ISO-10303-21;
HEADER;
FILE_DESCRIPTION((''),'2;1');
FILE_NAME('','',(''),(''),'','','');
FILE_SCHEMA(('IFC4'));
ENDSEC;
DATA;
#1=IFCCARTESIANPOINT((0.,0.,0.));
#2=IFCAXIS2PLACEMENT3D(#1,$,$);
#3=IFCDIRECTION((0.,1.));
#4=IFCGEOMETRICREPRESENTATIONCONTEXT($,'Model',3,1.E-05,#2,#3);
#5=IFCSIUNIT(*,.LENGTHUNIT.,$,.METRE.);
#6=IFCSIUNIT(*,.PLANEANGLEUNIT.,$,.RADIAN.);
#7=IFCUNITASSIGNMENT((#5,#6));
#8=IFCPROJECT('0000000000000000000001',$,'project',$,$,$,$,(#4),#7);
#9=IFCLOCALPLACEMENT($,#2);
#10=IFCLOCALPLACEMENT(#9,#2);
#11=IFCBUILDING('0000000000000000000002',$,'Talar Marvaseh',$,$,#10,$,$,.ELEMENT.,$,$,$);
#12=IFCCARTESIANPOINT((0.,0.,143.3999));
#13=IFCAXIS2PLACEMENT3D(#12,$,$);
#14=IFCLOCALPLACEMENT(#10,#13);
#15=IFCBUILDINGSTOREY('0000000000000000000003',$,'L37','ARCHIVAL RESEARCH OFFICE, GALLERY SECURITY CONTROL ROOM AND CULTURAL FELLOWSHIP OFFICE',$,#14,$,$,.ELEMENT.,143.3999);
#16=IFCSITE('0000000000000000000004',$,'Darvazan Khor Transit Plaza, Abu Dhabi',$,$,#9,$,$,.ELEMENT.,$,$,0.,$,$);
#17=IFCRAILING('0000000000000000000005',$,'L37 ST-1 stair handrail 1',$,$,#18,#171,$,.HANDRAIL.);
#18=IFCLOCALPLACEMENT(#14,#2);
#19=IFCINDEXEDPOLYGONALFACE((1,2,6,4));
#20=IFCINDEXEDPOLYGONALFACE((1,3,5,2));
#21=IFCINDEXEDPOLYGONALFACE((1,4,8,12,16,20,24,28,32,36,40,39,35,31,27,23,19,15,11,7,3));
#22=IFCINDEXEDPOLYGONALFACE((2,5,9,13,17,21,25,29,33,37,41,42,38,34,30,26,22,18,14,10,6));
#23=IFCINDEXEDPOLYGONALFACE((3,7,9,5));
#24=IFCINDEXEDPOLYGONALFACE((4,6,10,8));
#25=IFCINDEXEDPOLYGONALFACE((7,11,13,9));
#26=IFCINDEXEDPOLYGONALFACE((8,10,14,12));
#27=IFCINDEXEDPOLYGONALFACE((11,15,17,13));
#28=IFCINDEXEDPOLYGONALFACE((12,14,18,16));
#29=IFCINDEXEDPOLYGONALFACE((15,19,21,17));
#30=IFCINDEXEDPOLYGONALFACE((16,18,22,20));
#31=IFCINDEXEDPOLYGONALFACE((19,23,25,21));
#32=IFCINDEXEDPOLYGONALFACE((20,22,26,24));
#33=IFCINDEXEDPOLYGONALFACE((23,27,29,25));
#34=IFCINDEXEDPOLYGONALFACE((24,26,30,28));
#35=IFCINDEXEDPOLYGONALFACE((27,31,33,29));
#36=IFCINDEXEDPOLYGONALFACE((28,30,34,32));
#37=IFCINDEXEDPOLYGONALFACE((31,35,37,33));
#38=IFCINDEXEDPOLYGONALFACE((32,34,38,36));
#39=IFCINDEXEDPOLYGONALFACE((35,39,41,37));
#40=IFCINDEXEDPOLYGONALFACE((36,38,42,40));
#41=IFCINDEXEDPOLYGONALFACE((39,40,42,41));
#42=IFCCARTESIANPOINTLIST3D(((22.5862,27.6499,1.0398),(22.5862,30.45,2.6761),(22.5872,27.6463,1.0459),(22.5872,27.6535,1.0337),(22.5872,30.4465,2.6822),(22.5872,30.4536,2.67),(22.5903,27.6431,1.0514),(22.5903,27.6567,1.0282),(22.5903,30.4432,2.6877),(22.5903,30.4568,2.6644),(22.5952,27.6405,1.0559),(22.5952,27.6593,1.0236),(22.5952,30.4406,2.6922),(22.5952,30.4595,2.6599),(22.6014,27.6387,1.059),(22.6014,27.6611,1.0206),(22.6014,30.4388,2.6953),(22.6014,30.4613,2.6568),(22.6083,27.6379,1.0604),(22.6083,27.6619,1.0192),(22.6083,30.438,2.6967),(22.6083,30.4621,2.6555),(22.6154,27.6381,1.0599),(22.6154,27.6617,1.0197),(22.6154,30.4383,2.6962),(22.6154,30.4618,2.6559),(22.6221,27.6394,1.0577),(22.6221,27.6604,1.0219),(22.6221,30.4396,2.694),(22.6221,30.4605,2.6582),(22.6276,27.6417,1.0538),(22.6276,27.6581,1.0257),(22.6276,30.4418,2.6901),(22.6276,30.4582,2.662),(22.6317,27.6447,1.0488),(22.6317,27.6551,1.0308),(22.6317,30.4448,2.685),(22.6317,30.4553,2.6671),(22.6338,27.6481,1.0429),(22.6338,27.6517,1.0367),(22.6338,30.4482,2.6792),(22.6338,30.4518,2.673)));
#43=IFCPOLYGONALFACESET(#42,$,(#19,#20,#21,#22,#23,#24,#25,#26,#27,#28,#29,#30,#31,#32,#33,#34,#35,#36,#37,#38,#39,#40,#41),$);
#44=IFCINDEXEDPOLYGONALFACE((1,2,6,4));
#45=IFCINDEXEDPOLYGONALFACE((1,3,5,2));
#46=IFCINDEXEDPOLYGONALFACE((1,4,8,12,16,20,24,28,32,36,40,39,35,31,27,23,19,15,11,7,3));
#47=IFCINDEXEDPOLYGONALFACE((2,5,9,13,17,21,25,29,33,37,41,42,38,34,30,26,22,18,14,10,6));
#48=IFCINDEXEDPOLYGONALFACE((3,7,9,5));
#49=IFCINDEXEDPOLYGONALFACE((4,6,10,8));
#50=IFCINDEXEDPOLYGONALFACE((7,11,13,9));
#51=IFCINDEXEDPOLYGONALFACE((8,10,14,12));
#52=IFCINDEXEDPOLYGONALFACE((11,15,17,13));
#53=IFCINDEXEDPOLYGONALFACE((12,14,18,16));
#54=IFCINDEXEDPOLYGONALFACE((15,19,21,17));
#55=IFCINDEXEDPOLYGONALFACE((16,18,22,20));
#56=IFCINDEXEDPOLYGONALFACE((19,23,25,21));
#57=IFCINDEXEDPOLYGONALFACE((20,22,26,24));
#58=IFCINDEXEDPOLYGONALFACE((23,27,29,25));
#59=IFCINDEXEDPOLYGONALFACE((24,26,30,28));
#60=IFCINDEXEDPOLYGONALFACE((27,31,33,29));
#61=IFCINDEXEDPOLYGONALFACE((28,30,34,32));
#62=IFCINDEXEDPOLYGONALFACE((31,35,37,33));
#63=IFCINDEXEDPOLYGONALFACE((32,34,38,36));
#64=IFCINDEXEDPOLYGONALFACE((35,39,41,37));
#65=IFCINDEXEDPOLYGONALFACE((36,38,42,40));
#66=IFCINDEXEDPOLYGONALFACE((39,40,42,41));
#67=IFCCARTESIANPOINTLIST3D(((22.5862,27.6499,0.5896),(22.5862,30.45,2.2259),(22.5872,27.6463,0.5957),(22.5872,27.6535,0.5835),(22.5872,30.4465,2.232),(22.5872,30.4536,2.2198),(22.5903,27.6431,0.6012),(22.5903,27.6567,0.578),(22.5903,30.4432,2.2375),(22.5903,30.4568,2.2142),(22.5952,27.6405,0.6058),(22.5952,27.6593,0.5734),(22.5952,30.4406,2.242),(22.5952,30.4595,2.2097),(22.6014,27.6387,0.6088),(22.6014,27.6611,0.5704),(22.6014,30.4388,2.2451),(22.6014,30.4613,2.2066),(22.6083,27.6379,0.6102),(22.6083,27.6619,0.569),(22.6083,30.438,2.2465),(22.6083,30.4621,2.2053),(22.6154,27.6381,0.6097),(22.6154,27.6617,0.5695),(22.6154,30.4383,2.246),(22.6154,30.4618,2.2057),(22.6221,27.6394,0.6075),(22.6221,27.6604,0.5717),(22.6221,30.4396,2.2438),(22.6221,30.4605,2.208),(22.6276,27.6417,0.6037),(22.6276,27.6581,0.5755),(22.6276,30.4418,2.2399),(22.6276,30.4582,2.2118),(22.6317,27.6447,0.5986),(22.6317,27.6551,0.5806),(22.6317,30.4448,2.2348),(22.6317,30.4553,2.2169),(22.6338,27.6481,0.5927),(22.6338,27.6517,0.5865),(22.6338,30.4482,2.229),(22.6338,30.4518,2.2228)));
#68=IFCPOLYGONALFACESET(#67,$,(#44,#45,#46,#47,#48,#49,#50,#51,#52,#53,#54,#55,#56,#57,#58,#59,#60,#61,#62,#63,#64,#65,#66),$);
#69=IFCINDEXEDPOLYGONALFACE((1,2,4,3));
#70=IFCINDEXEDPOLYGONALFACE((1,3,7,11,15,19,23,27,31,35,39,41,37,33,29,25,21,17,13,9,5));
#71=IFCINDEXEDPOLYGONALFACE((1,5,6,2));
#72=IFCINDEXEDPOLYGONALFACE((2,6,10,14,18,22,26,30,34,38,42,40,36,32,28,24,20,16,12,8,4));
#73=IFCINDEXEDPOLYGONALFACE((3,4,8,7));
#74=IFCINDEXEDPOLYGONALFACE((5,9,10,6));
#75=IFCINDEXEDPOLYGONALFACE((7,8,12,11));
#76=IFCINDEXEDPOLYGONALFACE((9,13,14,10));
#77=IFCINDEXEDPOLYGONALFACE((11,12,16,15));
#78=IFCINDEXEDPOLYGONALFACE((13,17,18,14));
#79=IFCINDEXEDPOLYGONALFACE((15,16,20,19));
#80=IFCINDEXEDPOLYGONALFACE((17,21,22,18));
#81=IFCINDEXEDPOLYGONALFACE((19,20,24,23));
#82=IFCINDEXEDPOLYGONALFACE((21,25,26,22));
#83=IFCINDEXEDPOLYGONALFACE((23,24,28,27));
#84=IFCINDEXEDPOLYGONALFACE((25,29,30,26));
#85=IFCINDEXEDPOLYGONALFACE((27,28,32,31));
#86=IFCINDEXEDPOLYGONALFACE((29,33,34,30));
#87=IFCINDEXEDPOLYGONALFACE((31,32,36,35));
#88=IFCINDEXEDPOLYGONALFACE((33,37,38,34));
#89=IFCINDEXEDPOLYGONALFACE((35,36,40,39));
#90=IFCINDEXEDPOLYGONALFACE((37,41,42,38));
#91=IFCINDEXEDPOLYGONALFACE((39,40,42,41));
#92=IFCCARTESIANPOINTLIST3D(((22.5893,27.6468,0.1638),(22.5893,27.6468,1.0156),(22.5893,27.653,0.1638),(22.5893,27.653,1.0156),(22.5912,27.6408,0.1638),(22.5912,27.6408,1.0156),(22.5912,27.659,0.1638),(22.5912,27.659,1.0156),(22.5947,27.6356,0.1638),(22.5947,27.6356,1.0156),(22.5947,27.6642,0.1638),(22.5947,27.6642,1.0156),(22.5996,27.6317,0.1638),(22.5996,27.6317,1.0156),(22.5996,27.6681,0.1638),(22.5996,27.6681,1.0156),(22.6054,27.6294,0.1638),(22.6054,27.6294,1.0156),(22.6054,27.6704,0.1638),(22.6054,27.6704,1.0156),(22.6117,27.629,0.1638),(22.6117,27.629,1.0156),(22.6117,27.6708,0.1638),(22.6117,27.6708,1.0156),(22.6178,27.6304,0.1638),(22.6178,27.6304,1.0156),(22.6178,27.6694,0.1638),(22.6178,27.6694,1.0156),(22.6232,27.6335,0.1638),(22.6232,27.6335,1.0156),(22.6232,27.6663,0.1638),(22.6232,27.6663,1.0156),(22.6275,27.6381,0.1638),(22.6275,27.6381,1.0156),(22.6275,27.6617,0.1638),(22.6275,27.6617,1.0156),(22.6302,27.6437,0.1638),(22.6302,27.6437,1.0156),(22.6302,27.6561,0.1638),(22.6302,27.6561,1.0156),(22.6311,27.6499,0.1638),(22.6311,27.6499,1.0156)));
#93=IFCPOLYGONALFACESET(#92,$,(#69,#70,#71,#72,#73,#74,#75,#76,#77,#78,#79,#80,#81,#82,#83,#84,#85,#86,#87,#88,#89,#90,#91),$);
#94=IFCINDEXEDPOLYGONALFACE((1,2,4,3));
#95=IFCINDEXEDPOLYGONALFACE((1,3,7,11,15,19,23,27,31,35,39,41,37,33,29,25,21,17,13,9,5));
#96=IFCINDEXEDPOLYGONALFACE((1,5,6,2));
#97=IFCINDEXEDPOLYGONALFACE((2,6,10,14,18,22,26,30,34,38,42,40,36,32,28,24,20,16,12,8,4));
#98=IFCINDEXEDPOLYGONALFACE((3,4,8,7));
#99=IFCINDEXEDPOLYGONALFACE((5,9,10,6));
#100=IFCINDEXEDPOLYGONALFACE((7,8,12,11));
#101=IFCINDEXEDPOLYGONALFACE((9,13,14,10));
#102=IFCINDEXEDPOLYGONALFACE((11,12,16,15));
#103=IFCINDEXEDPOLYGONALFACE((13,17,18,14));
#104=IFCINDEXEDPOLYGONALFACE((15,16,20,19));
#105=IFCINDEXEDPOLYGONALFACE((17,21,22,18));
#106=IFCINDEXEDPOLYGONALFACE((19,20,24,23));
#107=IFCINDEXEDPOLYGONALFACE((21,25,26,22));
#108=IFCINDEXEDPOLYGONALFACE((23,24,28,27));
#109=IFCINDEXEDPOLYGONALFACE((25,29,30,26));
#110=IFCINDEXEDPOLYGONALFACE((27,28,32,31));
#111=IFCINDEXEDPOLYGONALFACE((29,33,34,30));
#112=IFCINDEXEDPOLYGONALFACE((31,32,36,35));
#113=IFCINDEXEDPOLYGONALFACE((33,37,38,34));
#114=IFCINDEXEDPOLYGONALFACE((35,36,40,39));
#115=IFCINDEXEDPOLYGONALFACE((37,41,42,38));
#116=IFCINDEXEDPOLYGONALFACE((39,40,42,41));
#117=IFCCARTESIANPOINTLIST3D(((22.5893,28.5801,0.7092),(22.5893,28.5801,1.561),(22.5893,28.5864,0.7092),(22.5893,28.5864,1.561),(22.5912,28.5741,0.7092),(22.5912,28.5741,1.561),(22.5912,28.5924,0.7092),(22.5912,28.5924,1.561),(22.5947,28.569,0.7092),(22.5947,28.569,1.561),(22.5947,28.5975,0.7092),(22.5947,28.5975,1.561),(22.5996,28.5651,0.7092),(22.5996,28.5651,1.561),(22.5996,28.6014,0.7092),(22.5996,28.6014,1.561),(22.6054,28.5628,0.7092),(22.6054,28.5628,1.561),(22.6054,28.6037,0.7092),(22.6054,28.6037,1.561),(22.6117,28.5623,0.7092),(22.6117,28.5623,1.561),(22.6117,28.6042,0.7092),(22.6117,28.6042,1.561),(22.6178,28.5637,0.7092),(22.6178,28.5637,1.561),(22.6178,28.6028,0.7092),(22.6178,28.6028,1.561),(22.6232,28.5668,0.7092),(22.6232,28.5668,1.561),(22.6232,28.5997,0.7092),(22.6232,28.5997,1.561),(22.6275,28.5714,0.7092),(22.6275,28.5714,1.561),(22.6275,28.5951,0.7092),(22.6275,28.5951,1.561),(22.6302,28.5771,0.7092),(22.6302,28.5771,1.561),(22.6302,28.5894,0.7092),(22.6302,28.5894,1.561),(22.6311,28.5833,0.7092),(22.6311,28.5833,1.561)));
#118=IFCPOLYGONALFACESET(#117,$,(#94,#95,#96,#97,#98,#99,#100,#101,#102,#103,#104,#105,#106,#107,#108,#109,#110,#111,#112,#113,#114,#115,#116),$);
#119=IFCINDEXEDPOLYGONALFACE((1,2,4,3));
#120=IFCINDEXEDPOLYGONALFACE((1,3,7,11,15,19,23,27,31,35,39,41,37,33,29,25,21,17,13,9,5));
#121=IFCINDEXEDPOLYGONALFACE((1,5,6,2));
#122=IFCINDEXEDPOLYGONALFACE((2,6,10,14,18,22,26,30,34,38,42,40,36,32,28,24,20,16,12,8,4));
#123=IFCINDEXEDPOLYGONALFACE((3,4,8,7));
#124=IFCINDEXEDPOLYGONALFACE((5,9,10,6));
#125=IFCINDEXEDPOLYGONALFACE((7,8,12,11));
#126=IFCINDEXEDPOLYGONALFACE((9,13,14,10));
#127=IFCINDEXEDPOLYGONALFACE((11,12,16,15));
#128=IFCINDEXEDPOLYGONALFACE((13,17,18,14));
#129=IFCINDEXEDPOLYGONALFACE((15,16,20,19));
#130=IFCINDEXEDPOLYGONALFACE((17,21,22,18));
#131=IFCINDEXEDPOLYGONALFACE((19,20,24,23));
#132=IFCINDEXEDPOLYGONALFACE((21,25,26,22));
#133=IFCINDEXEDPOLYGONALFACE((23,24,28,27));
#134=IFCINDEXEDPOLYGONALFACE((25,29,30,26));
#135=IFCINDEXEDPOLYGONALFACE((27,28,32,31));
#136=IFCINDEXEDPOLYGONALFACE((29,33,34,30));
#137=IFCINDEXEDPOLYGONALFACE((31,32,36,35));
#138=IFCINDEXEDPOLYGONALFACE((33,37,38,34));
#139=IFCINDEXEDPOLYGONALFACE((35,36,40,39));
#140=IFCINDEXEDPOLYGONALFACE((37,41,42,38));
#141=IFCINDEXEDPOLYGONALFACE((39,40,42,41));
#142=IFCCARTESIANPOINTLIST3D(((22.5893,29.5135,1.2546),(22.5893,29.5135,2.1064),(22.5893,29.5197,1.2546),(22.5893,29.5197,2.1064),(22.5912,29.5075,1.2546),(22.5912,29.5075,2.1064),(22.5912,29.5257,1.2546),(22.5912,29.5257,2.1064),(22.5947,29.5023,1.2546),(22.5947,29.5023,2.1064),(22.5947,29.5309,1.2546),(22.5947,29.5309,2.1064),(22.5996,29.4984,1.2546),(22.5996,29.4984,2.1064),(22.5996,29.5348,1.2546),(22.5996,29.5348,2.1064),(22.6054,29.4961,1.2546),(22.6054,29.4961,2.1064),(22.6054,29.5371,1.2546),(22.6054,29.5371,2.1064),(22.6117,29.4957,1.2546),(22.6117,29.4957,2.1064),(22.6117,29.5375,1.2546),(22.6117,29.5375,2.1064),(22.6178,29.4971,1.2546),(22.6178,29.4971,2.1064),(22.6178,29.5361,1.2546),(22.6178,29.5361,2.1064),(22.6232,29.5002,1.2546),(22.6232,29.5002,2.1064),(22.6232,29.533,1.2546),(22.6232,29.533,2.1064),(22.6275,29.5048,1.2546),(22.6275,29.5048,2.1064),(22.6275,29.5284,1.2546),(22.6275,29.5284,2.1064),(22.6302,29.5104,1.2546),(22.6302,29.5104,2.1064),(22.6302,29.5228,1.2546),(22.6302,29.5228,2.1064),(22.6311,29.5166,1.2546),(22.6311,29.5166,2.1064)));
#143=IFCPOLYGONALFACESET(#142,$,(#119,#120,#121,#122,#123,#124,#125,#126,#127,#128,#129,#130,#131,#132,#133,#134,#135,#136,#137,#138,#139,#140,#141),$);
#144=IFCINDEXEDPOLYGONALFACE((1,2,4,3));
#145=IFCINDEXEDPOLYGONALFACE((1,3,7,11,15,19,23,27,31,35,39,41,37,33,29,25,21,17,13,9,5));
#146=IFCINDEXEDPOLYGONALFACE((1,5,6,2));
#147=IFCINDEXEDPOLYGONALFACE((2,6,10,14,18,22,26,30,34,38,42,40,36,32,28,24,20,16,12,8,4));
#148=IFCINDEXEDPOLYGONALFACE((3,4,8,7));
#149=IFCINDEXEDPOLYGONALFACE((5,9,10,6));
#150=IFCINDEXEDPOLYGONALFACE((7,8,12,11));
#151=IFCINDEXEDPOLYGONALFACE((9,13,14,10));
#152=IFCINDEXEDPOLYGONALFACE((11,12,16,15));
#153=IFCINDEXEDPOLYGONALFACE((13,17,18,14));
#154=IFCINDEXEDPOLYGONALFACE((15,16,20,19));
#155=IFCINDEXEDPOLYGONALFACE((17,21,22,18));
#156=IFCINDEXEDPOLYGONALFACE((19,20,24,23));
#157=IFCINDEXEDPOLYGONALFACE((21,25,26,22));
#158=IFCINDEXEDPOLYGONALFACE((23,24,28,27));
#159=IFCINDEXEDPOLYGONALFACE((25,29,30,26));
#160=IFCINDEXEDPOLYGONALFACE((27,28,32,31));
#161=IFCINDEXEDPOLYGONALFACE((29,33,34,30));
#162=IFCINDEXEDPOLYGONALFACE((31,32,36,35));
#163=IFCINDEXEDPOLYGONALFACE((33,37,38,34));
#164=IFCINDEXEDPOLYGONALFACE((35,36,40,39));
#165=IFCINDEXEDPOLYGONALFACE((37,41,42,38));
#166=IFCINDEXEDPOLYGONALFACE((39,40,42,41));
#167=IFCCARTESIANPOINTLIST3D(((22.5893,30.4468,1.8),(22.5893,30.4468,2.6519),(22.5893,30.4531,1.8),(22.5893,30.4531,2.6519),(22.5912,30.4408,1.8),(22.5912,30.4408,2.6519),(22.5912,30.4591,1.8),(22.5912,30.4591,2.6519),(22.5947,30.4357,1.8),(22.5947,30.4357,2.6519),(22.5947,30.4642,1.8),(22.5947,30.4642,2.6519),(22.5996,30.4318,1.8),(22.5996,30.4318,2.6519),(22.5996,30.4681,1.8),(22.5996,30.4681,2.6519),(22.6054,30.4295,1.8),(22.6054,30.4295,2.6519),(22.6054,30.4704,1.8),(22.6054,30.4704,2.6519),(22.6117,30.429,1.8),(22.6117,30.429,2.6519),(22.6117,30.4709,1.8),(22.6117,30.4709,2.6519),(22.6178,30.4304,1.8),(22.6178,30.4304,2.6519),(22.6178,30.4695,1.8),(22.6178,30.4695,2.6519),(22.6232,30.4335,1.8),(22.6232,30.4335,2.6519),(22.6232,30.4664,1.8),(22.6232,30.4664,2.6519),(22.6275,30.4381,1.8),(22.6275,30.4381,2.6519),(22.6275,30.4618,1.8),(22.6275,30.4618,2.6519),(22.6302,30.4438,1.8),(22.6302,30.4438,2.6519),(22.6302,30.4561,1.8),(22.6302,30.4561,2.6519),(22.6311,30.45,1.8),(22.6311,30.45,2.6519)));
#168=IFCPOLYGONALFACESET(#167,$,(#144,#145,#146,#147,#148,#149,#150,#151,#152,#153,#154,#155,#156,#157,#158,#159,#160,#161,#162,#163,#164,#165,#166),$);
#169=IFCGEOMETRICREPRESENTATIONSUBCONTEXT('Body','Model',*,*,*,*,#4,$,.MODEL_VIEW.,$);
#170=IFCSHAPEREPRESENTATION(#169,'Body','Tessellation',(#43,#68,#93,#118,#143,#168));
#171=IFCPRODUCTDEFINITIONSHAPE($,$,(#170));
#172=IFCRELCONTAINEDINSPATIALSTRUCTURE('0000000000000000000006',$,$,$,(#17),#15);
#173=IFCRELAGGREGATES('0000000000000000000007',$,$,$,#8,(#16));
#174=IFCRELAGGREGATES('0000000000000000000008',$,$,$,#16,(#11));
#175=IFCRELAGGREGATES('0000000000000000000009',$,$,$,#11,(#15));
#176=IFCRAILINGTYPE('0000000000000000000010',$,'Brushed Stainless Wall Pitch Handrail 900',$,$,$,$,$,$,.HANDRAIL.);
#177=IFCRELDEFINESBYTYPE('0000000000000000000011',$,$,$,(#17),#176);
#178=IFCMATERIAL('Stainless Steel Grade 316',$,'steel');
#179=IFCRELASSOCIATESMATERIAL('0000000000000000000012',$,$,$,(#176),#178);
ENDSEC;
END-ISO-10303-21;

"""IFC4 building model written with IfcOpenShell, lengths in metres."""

from ifc_helpers import new_model, si_unit, direction, frame, origin, origin_2d, place, context, subcontext, project, spatial, circle, extrude, material, type_object, element, save


model = new_model("IFC4")

# Units and contexts
model_context = context("Model", 3, precision=1e-05, world=origin(), true_north=direction((0.0, 1.0)))
body_context = subcontext(model_context, "Body", "Model", "MODEL_VIEW")
ifc_project = project(units=[si_unit("LENGTHUNIT", "METRE"), si_unit("PLANEANGLEUNIT", "RADIAN")], contexts=[model_context])

# Site, building, storey
site_placement = place(None, origin())
site = spatial("IfcSite", under=ifc_project, at=site_placement, Name="Darvazan Khor Transit Plaza, Abu Dhabi", CompositionType="ELEMENT", RefElevation=0.0)
building_placement = place(site_placement, origin())
building = spatial("IfcBuilding", under=site, at=building_placement, Name="Talar Marvaseh", CompositionType="ELEMENT")
storey_placement = place(building_placement, frame((0.0, 0.0, 143.3999)))
storey = spatial("IfcBuildingStorey", under=building, at=storey_placement, Name="L37", Description="ARCHIVAL RESEARCH OFFICE, GALLERY SECURITY CONTROL ROOM AND CULTURAL FELLOWSHIP OFFICE", CompositionType="ELEMENT", Elevation=143.3999)

# Railing
ifc_material_1 = material(Name="Stainless Steel Grade 316", Category="steel")
railing_type_1 = type_object("IfcRailingType", Name="Brushed Stainless Wall Pitch Handrail 900", PredefinedType="HANDRAIL", material=ifc_material_1)
railing_1_placement = place(storey_placement, frame((22.6101, 27.6499, 0.1638)))
element("IfcRailing", 1, at=railing_1_placement, inside=storey, type_object=railing_type_1, Name="L37 ST-1 stair handrail 1", PredefinedType="HANDRAIL", context=body_context, shape_type="SweptSolid", body=[
    extrude(circle(Radius=0.0239, at=origin_2d()), frame((0.0, 0.0, 0.876), z_axis=(0.0, 0.863394, 0.504531), x_axis=(-1.0, 0.0, 0.0)), (0.0, 0.0, 1.0), 3.2432),
    extrude(circle(Radius=0.0239, at=origin_2d()), frame((0.0, 0.0, 0.4258), z_axis=(0.0, 0.863394, 0.504531), x_axis=(-1.0, 0.0, 0.0)), (0.0, 0.0, 1.0), 3.2432),
    extrude(circle(Radius=0.021, at=origin_2d()), origin(), (0.0, 0.0, 1.0), 0.8518),
    extrude(circle(Radius=0.021, at=origin_2d()), frame((0.0, 0.9333, 0.5454)), (0.0, 0.0, 1.0), 0.8518),
    extrude(circle(Radius=0.021, at=origin_2d()), frame((0.0, 1.8667, 1.0908)), (0.0, 0.0, 1.0), 0.8518),
    extrude(circle(Radius=0.021, at=origin_2d()), frame((0.0, 2.8, 1.6362)), (0.0, 0.0, 1.0), 0.8518),
])

save(model, "model.ifc")
